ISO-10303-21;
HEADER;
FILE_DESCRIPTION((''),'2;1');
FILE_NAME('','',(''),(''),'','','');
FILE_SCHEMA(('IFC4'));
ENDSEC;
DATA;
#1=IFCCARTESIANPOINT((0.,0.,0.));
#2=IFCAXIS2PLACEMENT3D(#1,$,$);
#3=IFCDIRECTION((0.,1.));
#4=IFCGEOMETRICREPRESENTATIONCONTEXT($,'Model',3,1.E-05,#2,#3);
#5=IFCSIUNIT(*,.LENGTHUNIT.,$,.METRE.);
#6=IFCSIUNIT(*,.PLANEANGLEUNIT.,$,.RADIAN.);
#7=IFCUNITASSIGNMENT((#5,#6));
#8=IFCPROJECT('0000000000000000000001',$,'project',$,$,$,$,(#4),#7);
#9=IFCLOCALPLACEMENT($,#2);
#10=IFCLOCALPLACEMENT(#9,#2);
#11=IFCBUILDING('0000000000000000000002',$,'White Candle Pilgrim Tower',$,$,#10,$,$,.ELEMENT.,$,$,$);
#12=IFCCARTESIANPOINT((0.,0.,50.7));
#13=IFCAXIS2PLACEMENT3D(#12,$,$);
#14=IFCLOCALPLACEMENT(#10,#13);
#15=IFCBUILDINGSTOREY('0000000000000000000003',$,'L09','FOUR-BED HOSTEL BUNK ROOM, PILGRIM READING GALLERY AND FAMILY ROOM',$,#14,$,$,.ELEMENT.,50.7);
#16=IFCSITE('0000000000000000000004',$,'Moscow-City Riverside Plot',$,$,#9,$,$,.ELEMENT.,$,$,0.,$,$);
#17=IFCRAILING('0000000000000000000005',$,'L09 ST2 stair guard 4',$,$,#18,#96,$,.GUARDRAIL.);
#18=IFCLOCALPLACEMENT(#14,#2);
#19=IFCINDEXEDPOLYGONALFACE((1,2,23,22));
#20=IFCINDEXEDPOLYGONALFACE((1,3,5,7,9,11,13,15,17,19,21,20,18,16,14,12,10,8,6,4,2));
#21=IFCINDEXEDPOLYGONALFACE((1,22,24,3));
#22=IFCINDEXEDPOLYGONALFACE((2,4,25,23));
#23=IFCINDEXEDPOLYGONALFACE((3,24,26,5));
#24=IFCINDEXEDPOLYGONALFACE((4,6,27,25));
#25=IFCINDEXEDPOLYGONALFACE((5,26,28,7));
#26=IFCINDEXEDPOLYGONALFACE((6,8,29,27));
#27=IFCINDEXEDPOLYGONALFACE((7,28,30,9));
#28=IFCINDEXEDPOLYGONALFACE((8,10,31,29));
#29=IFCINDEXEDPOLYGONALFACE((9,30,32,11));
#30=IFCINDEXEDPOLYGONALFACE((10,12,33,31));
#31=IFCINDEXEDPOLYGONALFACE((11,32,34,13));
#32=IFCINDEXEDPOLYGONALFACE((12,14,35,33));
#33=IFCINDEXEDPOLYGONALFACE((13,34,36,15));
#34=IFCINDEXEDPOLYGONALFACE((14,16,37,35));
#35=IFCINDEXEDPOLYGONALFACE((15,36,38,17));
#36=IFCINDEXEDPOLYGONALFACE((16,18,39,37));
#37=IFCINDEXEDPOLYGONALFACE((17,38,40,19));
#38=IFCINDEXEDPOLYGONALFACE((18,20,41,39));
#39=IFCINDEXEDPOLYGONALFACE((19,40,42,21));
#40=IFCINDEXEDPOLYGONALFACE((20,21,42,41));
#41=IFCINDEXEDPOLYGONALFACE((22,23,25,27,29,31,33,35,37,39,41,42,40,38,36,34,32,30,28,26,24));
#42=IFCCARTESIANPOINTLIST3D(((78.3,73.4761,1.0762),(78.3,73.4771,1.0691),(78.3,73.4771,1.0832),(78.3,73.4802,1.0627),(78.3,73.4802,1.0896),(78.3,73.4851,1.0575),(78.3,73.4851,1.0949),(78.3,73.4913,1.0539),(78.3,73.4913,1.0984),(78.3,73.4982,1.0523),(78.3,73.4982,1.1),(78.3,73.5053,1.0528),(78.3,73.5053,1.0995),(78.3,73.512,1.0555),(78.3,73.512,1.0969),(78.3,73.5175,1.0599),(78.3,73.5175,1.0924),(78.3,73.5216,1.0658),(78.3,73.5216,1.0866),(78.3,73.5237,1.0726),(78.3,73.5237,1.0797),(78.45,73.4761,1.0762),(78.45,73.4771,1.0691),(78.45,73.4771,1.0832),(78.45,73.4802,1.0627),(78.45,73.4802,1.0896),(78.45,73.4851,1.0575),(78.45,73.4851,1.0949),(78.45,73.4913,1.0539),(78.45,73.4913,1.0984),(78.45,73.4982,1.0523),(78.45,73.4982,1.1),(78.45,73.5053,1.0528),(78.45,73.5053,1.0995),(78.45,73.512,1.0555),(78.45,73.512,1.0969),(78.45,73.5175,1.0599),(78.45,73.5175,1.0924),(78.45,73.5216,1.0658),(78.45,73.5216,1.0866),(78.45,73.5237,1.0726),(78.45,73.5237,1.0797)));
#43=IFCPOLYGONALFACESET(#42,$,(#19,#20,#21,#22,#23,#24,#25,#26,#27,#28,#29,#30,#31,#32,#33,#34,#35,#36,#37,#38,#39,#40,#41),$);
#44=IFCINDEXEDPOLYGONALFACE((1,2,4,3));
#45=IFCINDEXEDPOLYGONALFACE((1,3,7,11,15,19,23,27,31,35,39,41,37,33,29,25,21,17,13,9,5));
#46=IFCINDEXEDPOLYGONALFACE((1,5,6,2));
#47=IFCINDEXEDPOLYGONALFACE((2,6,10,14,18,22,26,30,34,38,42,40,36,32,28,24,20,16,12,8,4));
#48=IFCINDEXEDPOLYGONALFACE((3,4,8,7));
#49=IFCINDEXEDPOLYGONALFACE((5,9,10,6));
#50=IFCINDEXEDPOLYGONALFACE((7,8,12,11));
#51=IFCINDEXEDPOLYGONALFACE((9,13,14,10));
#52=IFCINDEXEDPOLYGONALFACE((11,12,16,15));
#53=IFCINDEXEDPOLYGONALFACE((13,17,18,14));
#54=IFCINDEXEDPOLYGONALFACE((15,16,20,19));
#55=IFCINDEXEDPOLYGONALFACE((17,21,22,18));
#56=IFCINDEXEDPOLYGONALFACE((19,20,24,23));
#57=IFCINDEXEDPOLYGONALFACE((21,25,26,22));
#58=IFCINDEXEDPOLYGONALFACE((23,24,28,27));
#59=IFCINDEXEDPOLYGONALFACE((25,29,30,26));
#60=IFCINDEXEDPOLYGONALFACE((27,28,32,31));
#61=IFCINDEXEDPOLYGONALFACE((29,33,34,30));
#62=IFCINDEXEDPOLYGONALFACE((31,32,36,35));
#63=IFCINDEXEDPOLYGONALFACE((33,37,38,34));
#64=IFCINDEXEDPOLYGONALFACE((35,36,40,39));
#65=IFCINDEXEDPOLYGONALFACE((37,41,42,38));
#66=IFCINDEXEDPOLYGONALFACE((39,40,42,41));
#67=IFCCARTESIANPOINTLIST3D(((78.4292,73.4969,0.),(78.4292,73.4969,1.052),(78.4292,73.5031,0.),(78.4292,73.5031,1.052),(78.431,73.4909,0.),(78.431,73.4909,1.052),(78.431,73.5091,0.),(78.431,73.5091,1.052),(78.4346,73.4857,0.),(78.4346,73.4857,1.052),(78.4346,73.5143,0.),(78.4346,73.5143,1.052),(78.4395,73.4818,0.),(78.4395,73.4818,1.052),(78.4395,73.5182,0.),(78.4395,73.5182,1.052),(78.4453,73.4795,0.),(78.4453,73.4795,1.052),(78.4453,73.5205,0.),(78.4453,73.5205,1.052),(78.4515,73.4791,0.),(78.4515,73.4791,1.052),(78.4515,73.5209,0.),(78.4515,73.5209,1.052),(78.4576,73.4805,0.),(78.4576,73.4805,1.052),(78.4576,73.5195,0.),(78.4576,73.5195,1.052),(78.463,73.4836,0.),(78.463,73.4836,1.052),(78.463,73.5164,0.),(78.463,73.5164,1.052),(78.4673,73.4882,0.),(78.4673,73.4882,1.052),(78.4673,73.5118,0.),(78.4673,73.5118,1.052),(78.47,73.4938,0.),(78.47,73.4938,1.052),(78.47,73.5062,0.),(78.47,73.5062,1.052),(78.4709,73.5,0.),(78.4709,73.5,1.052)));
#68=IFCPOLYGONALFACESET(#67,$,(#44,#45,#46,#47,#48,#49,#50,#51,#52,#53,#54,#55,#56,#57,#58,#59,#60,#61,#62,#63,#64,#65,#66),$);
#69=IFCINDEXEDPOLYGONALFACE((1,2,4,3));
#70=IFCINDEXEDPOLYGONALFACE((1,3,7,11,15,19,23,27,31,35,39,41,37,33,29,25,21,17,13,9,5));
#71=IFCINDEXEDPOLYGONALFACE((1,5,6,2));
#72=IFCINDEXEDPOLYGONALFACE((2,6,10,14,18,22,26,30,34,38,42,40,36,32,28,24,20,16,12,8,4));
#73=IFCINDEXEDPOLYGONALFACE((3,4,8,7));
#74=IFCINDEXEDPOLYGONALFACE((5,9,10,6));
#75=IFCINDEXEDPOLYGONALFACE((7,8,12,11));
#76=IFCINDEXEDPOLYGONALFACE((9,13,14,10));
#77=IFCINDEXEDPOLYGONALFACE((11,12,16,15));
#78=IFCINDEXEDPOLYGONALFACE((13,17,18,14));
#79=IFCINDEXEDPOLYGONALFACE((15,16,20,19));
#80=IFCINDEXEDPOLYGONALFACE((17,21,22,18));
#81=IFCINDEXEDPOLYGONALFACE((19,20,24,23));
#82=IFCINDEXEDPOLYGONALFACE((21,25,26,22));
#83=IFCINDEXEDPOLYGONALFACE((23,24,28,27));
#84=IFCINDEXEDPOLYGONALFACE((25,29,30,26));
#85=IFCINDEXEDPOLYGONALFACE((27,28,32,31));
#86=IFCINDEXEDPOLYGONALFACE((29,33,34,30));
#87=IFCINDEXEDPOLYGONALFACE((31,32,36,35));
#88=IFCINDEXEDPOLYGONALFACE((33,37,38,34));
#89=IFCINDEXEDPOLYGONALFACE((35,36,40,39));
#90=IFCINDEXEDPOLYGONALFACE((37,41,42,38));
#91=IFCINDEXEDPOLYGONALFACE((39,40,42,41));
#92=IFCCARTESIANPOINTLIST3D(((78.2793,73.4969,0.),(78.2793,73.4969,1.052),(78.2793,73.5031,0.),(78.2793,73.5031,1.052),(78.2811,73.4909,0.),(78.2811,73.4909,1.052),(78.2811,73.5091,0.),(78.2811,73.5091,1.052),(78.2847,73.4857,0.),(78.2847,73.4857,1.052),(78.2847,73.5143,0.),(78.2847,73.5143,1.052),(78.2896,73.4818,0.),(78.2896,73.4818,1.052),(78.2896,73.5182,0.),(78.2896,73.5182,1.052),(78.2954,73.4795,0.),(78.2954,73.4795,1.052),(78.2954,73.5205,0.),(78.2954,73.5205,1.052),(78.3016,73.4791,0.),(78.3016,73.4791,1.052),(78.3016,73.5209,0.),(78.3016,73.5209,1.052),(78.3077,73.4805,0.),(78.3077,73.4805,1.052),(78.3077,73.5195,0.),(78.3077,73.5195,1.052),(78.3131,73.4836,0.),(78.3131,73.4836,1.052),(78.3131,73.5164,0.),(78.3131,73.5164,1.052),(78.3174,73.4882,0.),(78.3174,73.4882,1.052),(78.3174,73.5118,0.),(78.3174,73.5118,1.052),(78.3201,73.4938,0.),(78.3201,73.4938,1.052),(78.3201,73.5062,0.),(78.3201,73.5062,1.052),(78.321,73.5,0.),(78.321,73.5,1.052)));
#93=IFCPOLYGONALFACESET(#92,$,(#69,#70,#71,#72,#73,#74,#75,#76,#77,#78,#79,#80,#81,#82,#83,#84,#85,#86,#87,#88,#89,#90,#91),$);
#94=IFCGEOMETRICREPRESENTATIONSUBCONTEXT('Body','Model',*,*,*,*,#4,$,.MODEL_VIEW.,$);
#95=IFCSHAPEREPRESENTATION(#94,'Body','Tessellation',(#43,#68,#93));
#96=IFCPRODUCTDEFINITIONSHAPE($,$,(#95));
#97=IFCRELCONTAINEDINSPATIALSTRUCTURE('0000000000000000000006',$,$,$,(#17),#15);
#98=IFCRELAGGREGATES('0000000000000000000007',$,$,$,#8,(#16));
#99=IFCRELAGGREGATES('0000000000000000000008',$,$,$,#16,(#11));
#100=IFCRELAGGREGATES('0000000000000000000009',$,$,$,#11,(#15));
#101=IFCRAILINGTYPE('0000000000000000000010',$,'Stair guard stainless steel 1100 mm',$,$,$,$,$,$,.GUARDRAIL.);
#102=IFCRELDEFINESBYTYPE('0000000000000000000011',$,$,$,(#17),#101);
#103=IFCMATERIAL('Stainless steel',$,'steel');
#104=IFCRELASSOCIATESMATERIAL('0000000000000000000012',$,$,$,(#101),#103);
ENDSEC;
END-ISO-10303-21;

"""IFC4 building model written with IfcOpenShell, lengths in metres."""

from ifc_helpers import new_model, si_unit, direction, frame, origin, origin_2d, place, context, subcontext, project, spatial, circle, extrude, material, type_object, element, save


model = new_model("IFC4")

# Units and contexts
model_context = context("Model", 3, precision=1e-05, world=origin(), true_north=direction((0.0, 1.0)))
body_context = subcontext(model_context, "Body", "Model", "MODEL_VIEW")
ifc_project = project(units=[si_unit("LENGTHUNIT", "METRE"), si_unit("PLANEANGLEUNIT", "RADIAN")], contexts=[model_context])

# Site, building, storey
site_placement = place(None, origin())
site = spatial("IfcSite", under=ifc_project, at=site_placement, Name="Moscow-City Riverside Plot", CompositionType="ELEMENT", RefElevation=0.0)
building_placement = place(site_placement, origin())
building = spatial("IfcBuilding", under=site, at=building_placement, Name="White Candle Pilgrim Tower", CompositionType="ELEMENT")
storey_placement = place(building_placement, frame((0.0, 0.0, 50.7)))
storey = spatial("IfcBuildingStorey", under=building, at=storey_placement, Name="L09", Description="FOUR-BED HOSTEL BUNK ROOM, PILGRIM READING GALLERY AND FAMILY ROOM", CompositionType="ELEMENT", Elevation=50.7)

# Railing
ifc_material_1 = material(Name="Stainless steel", Category="steel")
railing_type_1 = type_object("IfcRailingType", Name="Stair guard stainless steel 1100 mm", PredefinedType="GUARDRAIL", material=ifc_material_1)
railing_1_placement = place(storey_placement, frame((78.45, 73.5, 0.0)))
element("IfcRailing", 1, at=railing_1_placement, inside=storey, type_object=railing_type_1, Name="L09 ST2 stair guard 4", PredefinedType="GUARDRAIL", context=body_context, shape_type="SweptSolid", body=[
    extrude(circle(Radius=0.0239, at=origin_2d()), frame((0.0, 0.0, 1.0762), z_axis=(-1.0, 0.0, 0.0), x_axis=(0.0, -1.0, 0.0)), (0.0, 0.0, 1.0), 0.1499),
    extrude(circle(Radius=0.021, at=origin_2d()), origin(), (0.0, 0.0, 1.0), 1.052),
    extrude(circle(Radius=0.021, at=origin_2d()), frame((-0.1499, 0.0, 0.0)), (0.0, 0.0, 1.0), 1.052),
])

save(model, "model.ifc")
